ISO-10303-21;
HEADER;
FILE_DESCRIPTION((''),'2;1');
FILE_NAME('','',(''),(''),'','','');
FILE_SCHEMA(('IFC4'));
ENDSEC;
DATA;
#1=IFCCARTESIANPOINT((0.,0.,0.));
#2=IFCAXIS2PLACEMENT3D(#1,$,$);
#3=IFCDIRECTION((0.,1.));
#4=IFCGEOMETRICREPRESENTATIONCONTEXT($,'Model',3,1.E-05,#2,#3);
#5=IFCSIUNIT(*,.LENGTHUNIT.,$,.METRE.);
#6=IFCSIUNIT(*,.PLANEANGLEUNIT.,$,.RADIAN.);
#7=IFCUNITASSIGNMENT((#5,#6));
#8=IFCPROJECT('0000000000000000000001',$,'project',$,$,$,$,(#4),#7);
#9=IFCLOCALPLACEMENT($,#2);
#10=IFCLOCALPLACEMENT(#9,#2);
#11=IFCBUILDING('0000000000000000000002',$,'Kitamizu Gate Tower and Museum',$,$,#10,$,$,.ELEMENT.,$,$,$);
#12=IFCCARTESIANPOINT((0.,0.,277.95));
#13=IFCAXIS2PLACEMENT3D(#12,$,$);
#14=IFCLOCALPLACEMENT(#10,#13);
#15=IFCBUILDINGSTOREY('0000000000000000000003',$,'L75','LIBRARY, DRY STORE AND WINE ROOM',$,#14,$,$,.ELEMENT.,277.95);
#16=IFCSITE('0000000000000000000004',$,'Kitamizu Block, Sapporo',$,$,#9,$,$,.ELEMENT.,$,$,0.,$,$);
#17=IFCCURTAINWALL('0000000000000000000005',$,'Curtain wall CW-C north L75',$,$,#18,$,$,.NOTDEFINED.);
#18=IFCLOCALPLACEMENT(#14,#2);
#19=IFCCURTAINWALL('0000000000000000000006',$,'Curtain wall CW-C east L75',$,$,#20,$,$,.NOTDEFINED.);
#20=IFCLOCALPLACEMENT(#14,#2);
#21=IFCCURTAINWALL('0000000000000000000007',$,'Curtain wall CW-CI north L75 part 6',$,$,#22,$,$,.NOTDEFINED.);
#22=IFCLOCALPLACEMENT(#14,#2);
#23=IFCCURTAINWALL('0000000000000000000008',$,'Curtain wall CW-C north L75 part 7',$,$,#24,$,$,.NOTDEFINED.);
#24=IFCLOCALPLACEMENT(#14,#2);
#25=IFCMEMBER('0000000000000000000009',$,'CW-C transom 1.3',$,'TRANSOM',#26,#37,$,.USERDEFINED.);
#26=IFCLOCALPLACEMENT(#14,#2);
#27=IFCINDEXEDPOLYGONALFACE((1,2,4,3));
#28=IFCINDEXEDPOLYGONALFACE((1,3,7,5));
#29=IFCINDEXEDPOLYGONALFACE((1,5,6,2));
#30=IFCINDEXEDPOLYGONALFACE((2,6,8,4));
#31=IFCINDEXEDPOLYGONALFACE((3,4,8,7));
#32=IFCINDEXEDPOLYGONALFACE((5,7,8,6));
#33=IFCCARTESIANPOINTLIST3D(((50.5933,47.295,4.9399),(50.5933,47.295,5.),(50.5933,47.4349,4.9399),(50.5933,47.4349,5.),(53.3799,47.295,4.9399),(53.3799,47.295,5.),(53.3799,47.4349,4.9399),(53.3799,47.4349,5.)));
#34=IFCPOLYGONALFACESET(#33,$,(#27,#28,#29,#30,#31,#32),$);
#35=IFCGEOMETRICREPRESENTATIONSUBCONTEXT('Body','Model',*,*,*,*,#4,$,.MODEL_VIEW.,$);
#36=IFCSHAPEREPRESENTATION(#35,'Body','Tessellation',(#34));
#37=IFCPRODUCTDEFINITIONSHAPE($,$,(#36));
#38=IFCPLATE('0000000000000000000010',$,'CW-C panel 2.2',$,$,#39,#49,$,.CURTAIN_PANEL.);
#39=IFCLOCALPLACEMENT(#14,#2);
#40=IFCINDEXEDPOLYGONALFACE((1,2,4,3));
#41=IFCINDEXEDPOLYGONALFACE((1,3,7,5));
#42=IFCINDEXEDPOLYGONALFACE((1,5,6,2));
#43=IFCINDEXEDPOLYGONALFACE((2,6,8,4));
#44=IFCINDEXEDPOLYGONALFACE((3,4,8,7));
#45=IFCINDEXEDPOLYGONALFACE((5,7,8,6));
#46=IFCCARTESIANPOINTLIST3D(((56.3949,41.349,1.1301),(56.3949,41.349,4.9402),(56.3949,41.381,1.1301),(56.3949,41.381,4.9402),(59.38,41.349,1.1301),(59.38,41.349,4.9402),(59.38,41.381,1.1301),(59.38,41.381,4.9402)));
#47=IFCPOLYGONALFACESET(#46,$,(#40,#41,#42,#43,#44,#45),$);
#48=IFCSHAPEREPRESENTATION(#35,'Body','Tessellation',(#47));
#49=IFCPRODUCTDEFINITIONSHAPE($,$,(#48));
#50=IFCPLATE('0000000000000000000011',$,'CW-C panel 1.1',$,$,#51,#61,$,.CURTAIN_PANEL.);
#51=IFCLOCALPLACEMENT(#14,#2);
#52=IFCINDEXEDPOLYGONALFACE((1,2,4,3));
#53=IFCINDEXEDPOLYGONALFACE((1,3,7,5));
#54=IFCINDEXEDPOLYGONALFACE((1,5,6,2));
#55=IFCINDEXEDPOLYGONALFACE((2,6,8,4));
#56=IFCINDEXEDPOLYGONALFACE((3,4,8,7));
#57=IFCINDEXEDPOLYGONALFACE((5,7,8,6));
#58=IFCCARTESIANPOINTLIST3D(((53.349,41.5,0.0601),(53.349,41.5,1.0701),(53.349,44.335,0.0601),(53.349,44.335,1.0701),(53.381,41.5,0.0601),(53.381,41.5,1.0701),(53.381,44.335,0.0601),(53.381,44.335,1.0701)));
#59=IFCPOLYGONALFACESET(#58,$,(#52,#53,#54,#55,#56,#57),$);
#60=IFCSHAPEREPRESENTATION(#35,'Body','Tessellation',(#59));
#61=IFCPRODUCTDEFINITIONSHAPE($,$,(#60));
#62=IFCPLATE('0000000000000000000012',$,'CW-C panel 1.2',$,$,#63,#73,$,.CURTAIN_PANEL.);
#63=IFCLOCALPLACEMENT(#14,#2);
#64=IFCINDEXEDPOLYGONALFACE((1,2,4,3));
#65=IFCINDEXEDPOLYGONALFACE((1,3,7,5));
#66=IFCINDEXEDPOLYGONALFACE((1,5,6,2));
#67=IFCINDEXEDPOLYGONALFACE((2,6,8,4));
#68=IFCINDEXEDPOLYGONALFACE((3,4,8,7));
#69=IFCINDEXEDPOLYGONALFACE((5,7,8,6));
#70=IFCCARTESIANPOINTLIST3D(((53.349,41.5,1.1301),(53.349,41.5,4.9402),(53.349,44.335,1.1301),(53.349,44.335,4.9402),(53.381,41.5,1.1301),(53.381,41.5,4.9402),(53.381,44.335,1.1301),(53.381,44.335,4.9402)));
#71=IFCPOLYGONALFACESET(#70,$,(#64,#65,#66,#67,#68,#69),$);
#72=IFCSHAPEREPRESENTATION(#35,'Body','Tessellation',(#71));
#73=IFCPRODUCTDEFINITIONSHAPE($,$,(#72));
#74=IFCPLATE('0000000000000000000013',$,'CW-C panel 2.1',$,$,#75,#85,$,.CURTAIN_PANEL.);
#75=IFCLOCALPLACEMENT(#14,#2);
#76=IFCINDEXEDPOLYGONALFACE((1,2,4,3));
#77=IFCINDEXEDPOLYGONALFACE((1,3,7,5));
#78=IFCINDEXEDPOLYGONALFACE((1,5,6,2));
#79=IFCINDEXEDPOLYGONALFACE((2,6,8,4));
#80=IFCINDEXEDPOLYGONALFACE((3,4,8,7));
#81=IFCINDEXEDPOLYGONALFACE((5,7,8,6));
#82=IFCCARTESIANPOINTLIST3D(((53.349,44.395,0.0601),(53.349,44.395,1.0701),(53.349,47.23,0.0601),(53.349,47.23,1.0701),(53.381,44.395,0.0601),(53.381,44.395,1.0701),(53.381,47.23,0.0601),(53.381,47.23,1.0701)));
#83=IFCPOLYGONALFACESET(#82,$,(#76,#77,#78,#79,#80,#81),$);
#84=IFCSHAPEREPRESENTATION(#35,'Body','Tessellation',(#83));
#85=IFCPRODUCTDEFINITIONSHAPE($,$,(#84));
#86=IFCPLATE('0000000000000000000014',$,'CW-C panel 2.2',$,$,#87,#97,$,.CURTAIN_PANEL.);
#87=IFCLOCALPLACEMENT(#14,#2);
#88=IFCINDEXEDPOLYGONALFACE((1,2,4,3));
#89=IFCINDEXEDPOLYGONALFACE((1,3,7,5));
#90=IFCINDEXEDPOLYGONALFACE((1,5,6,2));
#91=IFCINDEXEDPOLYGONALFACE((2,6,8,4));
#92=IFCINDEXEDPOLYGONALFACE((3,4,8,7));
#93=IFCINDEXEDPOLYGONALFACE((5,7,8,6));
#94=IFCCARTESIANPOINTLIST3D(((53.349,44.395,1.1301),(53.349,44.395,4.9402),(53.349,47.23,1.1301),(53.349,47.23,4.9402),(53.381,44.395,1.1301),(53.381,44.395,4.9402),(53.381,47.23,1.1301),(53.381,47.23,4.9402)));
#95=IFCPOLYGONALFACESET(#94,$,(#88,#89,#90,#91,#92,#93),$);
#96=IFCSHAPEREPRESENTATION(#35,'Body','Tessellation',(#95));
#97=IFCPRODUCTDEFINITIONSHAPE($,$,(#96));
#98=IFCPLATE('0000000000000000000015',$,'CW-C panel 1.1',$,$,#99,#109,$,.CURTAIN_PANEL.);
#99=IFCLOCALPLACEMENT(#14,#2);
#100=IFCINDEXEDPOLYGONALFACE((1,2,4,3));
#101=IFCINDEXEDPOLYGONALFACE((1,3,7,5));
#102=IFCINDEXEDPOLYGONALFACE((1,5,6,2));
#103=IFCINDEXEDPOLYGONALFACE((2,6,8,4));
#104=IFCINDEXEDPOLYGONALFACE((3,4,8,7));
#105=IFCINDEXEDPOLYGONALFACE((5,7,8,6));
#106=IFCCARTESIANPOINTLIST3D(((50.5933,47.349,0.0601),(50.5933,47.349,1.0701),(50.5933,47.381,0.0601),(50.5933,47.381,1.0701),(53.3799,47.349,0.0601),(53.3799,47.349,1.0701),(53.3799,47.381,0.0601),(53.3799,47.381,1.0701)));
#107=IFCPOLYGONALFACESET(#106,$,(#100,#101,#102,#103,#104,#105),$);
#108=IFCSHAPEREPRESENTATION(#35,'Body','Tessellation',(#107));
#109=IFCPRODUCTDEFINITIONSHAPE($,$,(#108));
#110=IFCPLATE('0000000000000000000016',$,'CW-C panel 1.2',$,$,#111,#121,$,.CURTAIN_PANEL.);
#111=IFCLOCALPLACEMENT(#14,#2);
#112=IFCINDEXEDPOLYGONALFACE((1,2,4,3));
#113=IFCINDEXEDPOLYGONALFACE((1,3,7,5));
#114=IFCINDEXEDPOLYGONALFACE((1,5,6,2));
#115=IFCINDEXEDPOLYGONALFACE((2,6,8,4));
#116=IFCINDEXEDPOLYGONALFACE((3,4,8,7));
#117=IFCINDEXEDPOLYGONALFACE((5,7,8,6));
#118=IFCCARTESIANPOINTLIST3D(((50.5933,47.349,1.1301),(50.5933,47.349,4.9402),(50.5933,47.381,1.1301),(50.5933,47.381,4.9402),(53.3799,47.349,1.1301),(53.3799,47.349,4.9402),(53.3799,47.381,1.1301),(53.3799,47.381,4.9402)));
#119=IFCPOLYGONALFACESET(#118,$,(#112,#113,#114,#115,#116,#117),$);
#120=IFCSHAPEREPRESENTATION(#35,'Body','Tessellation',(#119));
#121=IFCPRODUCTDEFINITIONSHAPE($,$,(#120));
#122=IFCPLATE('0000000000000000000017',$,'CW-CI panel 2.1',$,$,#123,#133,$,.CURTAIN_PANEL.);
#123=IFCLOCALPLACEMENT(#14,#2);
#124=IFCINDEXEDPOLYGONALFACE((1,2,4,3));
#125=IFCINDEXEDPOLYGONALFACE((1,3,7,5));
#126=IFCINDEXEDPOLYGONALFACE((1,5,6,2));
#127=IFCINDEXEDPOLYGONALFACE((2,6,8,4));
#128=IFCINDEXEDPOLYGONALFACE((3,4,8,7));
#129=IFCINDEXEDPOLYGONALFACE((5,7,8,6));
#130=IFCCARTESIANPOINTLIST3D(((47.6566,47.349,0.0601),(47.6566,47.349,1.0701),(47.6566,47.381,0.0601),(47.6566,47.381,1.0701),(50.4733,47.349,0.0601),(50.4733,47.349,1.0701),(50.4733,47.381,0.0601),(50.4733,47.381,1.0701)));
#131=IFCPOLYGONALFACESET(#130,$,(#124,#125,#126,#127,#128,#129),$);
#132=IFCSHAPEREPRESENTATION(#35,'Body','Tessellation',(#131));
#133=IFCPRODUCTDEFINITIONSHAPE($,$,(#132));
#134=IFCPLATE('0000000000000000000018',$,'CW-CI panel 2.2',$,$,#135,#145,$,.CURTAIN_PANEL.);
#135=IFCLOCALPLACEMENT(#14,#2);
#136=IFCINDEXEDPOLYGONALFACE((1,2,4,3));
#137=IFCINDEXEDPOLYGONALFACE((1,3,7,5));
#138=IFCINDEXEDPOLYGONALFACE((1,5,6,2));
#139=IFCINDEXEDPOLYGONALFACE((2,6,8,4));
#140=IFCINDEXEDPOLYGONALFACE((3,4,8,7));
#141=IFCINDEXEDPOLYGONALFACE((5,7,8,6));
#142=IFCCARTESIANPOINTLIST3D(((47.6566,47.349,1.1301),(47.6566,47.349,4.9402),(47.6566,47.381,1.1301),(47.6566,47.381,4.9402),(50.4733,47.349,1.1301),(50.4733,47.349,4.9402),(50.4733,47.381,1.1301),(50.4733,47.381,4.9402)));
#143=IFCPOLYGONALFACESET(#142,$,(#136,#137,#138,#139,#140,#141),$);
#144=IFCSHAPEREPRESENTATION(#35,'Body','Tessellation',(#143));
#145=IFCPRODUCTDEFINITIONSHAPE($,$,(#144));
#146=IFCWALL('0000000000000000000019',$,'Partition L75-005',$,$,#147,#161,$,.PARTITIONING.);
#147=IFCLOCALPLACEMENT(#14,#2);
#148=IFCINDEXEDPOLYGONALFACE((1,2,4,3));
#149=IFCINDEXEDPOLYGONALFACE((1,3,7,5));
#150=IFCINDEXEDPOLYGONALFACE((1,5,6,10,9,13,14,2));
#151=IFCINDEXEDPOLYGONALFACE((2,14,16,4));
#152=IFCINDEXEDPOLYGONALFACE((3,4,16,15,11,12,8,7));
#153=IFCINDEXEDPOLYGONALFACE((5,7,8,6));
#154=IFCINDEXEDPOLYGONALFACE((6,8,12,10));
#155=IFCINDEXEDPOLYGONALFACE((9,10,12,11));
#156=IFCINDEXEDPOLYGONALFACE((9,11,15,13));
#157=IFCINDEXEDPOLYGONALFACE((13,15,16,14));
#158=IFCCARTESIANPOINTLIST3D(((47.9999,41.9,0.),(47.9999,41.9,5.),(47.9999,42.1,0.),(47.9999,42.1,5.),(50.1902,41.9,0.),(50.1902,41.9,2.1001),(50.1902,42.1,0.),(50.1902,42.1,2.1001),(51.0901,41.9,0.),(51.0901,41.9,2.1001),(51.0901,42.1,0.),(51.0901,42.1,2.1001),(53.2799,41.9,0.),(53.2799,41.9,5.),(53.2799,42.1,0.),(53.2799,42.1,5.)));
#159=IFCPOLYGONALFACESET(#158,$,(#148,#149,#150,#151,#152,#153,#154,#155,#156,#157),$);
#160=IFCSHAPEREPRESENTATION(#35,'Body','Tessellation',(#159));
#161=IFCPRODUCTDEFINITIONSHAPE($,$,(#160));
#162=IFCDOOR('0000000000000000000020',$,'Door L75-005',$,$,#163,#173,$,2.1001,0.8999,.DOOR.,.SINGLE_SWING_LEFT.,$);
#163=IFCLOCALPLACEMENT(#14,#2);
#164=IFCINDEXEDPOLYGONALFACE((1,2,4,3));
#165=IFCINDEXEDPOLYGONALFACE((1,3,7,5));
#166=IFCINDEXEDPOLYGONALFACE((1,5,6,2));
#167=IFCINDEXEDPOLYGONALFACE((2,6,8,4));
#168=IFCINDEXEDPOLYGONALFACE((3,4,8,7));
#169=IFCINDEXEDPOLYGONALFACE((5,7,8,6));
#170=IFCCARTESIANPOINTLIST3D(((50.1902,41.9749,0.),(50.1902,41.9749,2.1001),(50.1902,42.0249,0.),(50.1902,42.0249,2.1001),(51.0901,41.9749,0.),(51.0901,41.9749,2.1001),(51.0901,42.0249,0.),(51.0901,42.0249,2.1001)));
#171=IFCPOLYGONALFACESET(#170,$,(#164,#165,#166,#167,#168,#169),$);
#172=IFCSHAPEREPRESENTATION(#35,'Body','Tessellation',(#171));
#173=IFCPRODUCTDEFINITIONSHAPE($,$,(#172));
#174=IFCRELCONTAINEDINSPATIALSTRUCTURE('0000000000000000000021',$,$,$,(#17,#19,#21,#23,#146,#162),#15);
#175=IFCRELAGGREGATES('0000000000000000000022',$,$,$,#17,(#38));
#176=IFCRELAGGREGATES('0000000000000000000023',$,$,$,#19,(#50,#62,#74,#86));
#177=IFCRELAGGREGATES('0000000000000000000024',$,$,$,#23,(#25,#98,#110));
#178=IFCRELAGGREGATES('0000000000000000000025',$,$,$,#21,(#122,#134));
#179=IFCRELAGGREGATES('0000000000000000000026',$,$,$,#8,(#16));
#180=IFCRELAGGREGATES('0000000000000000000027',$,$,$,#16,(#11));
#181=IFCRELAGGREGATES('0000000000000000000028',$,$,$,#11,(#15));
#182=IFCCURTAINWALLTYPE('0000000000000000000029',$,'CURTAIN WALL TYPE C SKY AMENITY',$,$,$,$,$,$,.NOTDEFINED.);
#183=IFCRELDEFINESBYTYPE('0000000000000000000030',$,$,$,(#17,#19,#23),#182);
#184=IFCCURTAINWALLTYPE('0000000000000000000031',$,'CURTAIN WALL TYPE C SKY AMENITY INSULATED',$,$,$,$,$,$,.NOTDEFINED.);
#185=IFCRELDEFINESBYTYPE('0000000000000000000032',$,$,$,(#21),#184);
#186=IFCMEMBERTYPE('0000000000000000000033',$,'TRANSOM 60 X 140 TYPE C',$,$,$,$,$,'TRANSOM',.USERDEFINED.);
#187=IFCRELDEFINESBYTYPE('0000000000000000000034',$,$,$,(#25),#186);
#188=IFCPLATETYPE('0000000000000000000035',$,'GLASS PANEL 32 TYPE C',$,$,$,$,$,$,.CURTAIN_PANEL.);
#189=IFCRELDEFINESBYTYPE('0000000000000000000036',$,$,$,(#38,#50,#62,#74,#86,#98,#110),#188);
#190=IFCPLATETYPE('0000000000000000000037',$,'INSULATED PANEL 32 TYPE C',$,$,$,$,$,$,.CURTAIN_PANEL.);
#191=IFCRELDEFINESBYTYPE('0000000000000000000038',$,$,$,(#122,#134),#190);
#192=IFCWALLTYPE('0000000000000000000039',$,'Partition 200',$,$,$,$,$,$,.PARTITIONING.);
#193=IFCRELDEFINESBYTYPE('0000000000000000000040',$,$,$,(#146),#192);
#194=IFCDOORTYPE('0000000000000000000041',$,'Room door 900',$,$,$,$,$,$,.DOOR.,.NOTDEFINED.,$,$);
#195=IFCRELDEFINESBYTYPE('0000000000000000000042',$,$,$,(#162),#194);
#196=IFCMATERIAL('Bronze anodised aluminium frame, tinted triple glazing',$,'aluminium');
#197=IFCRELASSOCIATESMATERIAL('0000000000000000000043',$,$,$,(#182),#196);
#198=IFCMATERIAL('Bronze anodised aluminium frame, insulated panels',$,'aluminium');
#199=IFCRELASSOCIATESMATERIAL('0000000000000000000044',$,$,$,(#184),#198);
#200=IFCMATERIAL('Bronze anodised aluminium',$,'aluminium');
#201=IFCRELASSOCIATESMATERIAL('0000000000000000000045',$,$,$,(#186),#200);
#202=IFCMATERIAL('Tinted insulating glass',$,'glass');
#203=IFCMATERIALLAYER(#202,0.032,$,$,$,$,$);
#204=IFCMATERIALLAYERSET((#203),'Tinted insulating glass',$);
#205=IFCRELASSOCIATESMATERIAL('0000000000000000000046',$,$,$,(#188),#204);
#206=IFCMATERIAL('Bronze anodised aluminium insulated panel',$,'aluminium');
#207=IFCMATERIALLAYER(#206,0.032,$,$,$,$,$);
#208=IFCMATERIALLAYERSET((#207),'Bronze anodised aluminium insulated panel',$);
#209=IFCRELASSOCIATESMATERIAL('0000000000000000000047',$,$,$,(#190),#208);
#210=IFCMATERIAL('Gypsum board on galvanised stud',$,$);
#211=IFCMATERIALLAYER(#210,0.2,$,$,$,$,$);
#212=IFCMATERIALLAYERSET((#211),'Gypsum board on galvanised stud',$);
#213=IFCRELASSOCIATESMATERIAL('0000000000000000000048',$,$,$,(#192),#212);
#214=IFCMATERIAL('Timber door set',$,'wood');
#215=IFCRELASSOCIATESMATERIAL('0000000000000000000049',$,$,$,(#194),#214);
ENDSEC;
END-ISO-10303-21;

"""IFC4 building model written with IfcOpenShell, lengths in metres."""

from ifc_helpers import new_model, si_unit, direction, frame, frame_2d, origin, origin_2d, place, context, subcontext, project, spatial, rectangle, extrude, material, layer, layer_set, material_profile, profile_set, type_object, element, fill, aggregate, save


model = new_model("IFC4")

# Units and contexts
model_context = context("Model", 3, precision=1e-05, world=origin(), true_north=direction((0.0, 1.0)))
body_context = subcontext(model_context, "Body", "Model", "MODEL_VIEW")
ifc_project = project(units=[si_unit("LENGTHUNIT", "METRE"), si_unit("PLANEANGLEUNIT", "RADIAN")], contexts=[model_context])

# Site, building, storey
site_placement = place(None, origin())
site = spatial("IfcSite", under=ifc_project, at=site_placement, Name="Kitamizu Block, Sapporo", CompositionType="ELEMENT", RefElevation=0.0)
building_placement = place(site_placement, origin())
building = spatial("IfcBuilding", under=site, at=building_placement, Name="Kitamizu Gate Tower and Museum", CompositionType="ELEMENT")
storey_placement = place(building_placement, frame((0.0, 0.0, 277.95)))
storey = spatial("IfcBuildingStorey", under=building, at=storey_placement, Name="L75", Description="LIBRARY, DRY STORE AND WINE ROOM", CompositionType="ELEMENT", Elevation=277.95)

# Curtain wall
ifc_material_1 = material(Name="Bronze anodised aluminium frame, tinted triple glazing", Category="aluminium")
curtain_wall_type_1 = type_object("IfcCurtainWallType", Name="CURTAIN WALL TYPE C SKY AMENITY", PredefinedType="NOTDEFINED", material=ifc_material_1)
curtain_wall_1_placement = place(storey_placement, origin())
curtain_wall_1 = element("IfcCurtainWall", 1, at=curtain_wall_1_placement, inside=storey, type_object=curtain_wall_type_1, Name="Curtain wall CW-C north L75", PredefinedType="NOTDEFINED")

# Curtain wall
curtain_wall_2_placement = place(storey_placement, origin())
curtain_wall_2 = element("IfcCurtainWall", 2, at=curtain_wall_2_placement, inside=storey, type_object=curtain_wall_type_1, Name="Curtain wall CW-C east L75", PredefinedType="NOTDEFINED")

# Curtain wall
ifc_material_2 = material(Name="Bronze anodised aluminium frame, insulated panels", Category="aluminium")
curtain_wall_type_2 = type_object("IfcCurtainWallType", Name="CURTAIN WALL TYPE C SKY AMENITY INSULATED", PredefinedType="NOTDEFINED", material=ifc_material_2)
curtain_wall_3_placement = place(storey_placement, origin())
curtain_wall_3 = element("IfcCurtainWall", 3, at=curtain_wall_3_placement, inside=storey, type_object=curtain_wall_type_2, Name="Curtain wall CW-CI north L75 part 6", PredefinedType="NOTDEFINED")

# Curtain wall
curtain_wall_4_placement = place(storey_placement, origin())
curtain_wall_4 = element("IfcCurtainWall", 4, at=curtain_wall_4_placement, inside=storey, type_object=curtain_wall_type_1, Name="Curtain wall CW-C north L75 part 7", PredefinedType="NOTDEFINED")

# Member
ifc_material_3 = material(Name="Bronze anodised aluminium", Category="aluminium")
ifc_material_profile_1 = material_profile(ifc_material_3, rectangle(XDim=0.1399, YDim=0.0601, at=origin_2d()), Name="AL 60X140")
ifc_profile_set_1 = profile_set([ifc_material_profile_1], Name="Bronze anodised aluminium")
member_type_1 = type_object("IfcMemberType", Name="TRANSOM 60 X 140 TYPE C", ElementType="TRANSOM", PredefinedType="USERDEFINED", material=ifc_profile_set_1)
member_1_placement = place(storey_placement, frame((50.5933, 47.365, 4.97), z_axis=(1.0, 0.0, 0.0), x_axis=(0.0, 1.0, 0.0)))
member_1 = element("IfcMember", 5, at=member_1_placement, type_object=member_type_1, Name="CW-C transom 1.3", ObjectType="TRANSOM", PredefinedType="USERDEFINED", context=body_context, shape_type="SweptSolid", body=[
    extrude(rectangle(XDim=0.1399, YDim=0.0601, at=origin_2d()), origin(), (0.0, 0.0, 1.0), 2.7866),
])

# Plates
ifc_material_4 = material(Name="Tinted insulating glass", Category="glass")
ifc_layer_1 = layer(ifc_material_4, 0.032)
ifc_layer_set_1 = layer_set([ifc_layer_1], Name="Tinted insulating glass")
plate_type_1 = type_object("IfcPlateType", Name="GLASS PANEL 32 TYPE C", PredefinedType="CURTAIN_PANEL", material=ifc_layer_set_1)
plate_1_placement = place(storey_placement, frame((57.8875, 41.365, 1.1301), z_axis=(0.0, 0.0, 1.0), x_axis=(1.0, 0.0, 0.0)))
plate_1 = element("IfcPlate", 6, at=plate_1_placement, type_object=plate_type_1, Name="CW-C panel 2.2", PredefinedType="CURTAIN_PANEL", context=body_context, shape_type="SweptSolid", body=[
    extrude(rectangle(XDim=2.9851, YDim=0.032, at=origin_2d()), origin(), (0.0, 0.0, 1.0), 3.8101),
])
aggregate(curtain_wall_1, [plate_1])
plate_2_placement = place(storey_placement, frame((53.365, 42.9175, 0.0601), z_axis=(0.0, 0.0, 1.0), x_axis=(0.0, 1.0, 0.0)))
plate_2 = element("IfcPlate", 7, at=plate_2_placement, type_object=plate_type_1, Name="CW-C panel 1.1", PredefinedType="CURTAIN_PANEL", context=body_context, shape_type="SweptSolid", body=[
    extrude(rectangle(XDim=2.835, YDim=0.032, at=origin_2d()), origin(), (0.0, 0.0, 1.0), 1.01),
])
plate_3_placement = place(storey_placement, frame((53.365, 42.9175, 1.1301), z_axis=(0.0, 0.0, 1.0), x_axis=(0.0, 1.0, 0.0)))
plate_3 = element("IfcPlate", 8, at=plate_3_placement, type_object=plate_type_1, Name="CW-C panel 1.2", PredefinedType="CURTAIN_PANEL", context=body_context, shape_type="SweptSolid", body=[
    extrude(rectangle(XDim=2.835, YDim=0.032, at=origin_2d()), origin(), (0.0, 0.0, 1.0), 3.8101),
])
plate_4_placement = place(storey_placement, frame((53.365, 45.8125, 0.0601), z_axis=(0.0, 0.0, 1.0), x_axis=(0.0, 1.0, 0.0)))
plate_4 = element("IfcPlate", 9, at=plate_4_placement, type_object=plate_type_1, Name="CW-C panel 2.1", PredefinedType="CURTAIN_PANEL", context=body_context, shape_type="SweptSolid", body=[
    extrude(rectangle(XDim=2.835, YDim=0.032, at=origin_2d()), origin(), (0.0, 0.0, 1.0), 1.01),
])
plate_5_placement = place(storey_placement, frame((53.365, 45.8125, 1.1301), z_axis=(0.0, 0.0, 1.0), x_axis=(0.0, 1.0, 0.0)))
plate_5 = element("IfcPlate", 10, at=plate_5_placement, type_object=plate_type_1, Name="CW-C panel 2.2", PredefinedType="CURTAIN_PANEL", context=body_context, shape_type="SweptSolid", body=[
    extrude(rectangle(XDim=2.835, YDim=0.032, at=origin_2d()), origin(), (0.0, 0.0, 1.0), 3.8101),
])
aggregate(curtain_wall_2, [plate_2, plate_3, plate_4, plate_5])
plate_6_placement = place(storey_placement, frame((51.9866, 47.365, 0.0601), z_axis=(0.0, 0.0, 1.0), x_axis=(1.0, 0.0, 0.0)))
plate_6 = element("IfcPlate", 11, at=plate_6_placement, type_object=plate_type_1, Name="CW-C panel 1.1", PredefinedType="CURTAIN_PANEL", context=body_context, shape_type="SweptSolid", body=[
    extrude(rectangle(XDim=2.7866, YDim=0.032, at=origin_2d()), origin(), (0.0, 0.0, 1.0), 1.01),
])
plate_7_placement = place(storey_placement, frame((51.9866, 47.365, 1.1301), z_axis=(0.0, 0.0, 1.0), x_axis=(1.0, 0.0, 0.0)))
plate_7 = element("IfcPlate", 12, at=plate_7_placement, type_object=plate_type_1, Name="CW-C panel 1.2", PredefinedType="CURTAIN_PANEL", context=body_context, shape_type="SweptSolid", body=[
    extrude(rectangle(XDim=2.7866, YDim=0.032, at=origin_2d()), origin(), (0.0, 0.0, 1.0), 3.8101),
])
aggregate(curtain_wall_4, [member_1, plate_6, plate_7])
ifc_material_5 = material(Name="Bronze anodised aluminium insulated panel", Category="aluminium")
ifc_layer_2 = layer(ifc_material_5, 0.032)
ifc_layer_set_2 = layer_set([ifc_layer_2], Name="Bronze anodised aluminium insulated panel")
plate_type_2 = type_object("IfcPlateType", Name="INSULATED PANEL 32 TYPE C", PredefinedType="CURTAIN_PANEL", material=ifc_layer_set_2)
plate_8_placement = place(storey_placement, frame((49.0649, 47.365, 0.0601), z_axis=(0.0, 0.0, 1.0), x_axis=(1.0, 0.0, 0.0)))
plate_8 = element("IfcPlate", 13, at=plate_8_placement, type_object=plate_type_2, Name="CW-CI panel 2.1", PredefinedType="CURTAIN_PANEL", context=body_context, shape_type="SweptSolid", body=[
    extrude(rectangle(XDim=2.8167, YDim=0.032, at=origin_2d()), origin(), (0.0, 0.0, 1.0), 1.01),
])
plate_9_placement = place(storey_placement, frame((49.0649, 47.365, 1.1301), z_axis=(0.0, 0.0, 1.0), x_axis=(1.0, 0.0, 0.0)))
plate_9 = element("IfcPlate", 14, at=plate_9_placement, type_object=plate_type_2, Name="CW-CI panel 2.2", PredefinedType="CURTAIN_PANEL", context=body_context, shape_type="SweptSolid", body=[
    extrude(rectangle(XDim=2.8167, YDim=0.032, at=origin_2d()), origin(), (0.0, 0.0, 1.0), 3.8101),
])
aggregate(curtain_wall_3, [plate_8, plate_9])

# Wall, opening, door
ifc_material_6 = material(Name="Gypsum board on galvanised stud")
ifc_layer_3 = layer(ifc_material_6, 0.2)
ifc_layer_set_3 = layer_set([ifc_layer_3], Name="Gypsum board on galvanised stud")
wall_type = type_object("IfcWallType", Name="Partition 200", PredefinedType="PARTITIONING", material=ifc_layer_set_3)
wall_placement = place(storey_placement, frame((53.28, 42.0, 0.0), z_axis=(0.0, 0.0, 1.0), x_axis=(-1.0, 0.0, 0.0)))
wall = element("IfcWall", 15, at=wall_placement, inside=storey, type_object=wall_type, Name="Partition L75-005", PredefinedType="PARTITIONING", context=body_context, shape_type="SweptSolid", body=[
    extrude(rectangle(XDim=5.28, YDim=0.2, at=frame_2d((2.6401, 0.0))), origin(), (0.0, 0.0, 1.0), 5.0),
])
opening_placement = place(wall_placement, frame((2.1899, 0.0, 0.0)))
opening = element("IfcOpeningElement", 16, at=opening_placement, cuts=wall, PredefinedType="OPENING", context=body_context, shape_type="SweptSolid", body=[
    extrude(rectangle(XDim=0.8999, YDim=2.1001, at=frame_2d((0.45, 1.05))), frame((0.0, 0.1099, 0.0), z_axis=(0.0, -1.0, 0.0), x_axis=(1.0, 0.0, 0.0)), (0.0, 0.0, 1.0), 0.22),
])
ifc_material_7 = material(Name="Timber door set", Category="wood")
door_type = type_object("IfcDoorType", Name="Room door 900", OperationType="NOTDEFINED", PredefinedType="DOOR", material=ifc_material_7)
door_placement = place(opening_placement, frame((0.8999, 0.0, 0.0), x_axis=(-1.0, 0.0, 0.0)))
door = element("IfcDoor", 17, at=door_placement, inside=storey, type_object=door_type, Name="Door L75-005", OperationType="SINGLE_SWING_LEFT", OverallHeight=2.1001, OverallWidth=0.8999, PredefinedType="DOOR", context=body_context, shape_type="SweptSolid", body=[
    extrude(rectangle(XDim=0.8999, YDim=2.1001, at=frame_2d((0.45, 1.05))), frame((0.0, 0.0249, 0.0), z_axis=(0.0, -1.0, 0.0), x_axis=(1.0, 0.0, 0.0)), (0.0, 0.0, 1.0), 0.05),
])
fill(opening, door)

save(model, "model.ifc")
